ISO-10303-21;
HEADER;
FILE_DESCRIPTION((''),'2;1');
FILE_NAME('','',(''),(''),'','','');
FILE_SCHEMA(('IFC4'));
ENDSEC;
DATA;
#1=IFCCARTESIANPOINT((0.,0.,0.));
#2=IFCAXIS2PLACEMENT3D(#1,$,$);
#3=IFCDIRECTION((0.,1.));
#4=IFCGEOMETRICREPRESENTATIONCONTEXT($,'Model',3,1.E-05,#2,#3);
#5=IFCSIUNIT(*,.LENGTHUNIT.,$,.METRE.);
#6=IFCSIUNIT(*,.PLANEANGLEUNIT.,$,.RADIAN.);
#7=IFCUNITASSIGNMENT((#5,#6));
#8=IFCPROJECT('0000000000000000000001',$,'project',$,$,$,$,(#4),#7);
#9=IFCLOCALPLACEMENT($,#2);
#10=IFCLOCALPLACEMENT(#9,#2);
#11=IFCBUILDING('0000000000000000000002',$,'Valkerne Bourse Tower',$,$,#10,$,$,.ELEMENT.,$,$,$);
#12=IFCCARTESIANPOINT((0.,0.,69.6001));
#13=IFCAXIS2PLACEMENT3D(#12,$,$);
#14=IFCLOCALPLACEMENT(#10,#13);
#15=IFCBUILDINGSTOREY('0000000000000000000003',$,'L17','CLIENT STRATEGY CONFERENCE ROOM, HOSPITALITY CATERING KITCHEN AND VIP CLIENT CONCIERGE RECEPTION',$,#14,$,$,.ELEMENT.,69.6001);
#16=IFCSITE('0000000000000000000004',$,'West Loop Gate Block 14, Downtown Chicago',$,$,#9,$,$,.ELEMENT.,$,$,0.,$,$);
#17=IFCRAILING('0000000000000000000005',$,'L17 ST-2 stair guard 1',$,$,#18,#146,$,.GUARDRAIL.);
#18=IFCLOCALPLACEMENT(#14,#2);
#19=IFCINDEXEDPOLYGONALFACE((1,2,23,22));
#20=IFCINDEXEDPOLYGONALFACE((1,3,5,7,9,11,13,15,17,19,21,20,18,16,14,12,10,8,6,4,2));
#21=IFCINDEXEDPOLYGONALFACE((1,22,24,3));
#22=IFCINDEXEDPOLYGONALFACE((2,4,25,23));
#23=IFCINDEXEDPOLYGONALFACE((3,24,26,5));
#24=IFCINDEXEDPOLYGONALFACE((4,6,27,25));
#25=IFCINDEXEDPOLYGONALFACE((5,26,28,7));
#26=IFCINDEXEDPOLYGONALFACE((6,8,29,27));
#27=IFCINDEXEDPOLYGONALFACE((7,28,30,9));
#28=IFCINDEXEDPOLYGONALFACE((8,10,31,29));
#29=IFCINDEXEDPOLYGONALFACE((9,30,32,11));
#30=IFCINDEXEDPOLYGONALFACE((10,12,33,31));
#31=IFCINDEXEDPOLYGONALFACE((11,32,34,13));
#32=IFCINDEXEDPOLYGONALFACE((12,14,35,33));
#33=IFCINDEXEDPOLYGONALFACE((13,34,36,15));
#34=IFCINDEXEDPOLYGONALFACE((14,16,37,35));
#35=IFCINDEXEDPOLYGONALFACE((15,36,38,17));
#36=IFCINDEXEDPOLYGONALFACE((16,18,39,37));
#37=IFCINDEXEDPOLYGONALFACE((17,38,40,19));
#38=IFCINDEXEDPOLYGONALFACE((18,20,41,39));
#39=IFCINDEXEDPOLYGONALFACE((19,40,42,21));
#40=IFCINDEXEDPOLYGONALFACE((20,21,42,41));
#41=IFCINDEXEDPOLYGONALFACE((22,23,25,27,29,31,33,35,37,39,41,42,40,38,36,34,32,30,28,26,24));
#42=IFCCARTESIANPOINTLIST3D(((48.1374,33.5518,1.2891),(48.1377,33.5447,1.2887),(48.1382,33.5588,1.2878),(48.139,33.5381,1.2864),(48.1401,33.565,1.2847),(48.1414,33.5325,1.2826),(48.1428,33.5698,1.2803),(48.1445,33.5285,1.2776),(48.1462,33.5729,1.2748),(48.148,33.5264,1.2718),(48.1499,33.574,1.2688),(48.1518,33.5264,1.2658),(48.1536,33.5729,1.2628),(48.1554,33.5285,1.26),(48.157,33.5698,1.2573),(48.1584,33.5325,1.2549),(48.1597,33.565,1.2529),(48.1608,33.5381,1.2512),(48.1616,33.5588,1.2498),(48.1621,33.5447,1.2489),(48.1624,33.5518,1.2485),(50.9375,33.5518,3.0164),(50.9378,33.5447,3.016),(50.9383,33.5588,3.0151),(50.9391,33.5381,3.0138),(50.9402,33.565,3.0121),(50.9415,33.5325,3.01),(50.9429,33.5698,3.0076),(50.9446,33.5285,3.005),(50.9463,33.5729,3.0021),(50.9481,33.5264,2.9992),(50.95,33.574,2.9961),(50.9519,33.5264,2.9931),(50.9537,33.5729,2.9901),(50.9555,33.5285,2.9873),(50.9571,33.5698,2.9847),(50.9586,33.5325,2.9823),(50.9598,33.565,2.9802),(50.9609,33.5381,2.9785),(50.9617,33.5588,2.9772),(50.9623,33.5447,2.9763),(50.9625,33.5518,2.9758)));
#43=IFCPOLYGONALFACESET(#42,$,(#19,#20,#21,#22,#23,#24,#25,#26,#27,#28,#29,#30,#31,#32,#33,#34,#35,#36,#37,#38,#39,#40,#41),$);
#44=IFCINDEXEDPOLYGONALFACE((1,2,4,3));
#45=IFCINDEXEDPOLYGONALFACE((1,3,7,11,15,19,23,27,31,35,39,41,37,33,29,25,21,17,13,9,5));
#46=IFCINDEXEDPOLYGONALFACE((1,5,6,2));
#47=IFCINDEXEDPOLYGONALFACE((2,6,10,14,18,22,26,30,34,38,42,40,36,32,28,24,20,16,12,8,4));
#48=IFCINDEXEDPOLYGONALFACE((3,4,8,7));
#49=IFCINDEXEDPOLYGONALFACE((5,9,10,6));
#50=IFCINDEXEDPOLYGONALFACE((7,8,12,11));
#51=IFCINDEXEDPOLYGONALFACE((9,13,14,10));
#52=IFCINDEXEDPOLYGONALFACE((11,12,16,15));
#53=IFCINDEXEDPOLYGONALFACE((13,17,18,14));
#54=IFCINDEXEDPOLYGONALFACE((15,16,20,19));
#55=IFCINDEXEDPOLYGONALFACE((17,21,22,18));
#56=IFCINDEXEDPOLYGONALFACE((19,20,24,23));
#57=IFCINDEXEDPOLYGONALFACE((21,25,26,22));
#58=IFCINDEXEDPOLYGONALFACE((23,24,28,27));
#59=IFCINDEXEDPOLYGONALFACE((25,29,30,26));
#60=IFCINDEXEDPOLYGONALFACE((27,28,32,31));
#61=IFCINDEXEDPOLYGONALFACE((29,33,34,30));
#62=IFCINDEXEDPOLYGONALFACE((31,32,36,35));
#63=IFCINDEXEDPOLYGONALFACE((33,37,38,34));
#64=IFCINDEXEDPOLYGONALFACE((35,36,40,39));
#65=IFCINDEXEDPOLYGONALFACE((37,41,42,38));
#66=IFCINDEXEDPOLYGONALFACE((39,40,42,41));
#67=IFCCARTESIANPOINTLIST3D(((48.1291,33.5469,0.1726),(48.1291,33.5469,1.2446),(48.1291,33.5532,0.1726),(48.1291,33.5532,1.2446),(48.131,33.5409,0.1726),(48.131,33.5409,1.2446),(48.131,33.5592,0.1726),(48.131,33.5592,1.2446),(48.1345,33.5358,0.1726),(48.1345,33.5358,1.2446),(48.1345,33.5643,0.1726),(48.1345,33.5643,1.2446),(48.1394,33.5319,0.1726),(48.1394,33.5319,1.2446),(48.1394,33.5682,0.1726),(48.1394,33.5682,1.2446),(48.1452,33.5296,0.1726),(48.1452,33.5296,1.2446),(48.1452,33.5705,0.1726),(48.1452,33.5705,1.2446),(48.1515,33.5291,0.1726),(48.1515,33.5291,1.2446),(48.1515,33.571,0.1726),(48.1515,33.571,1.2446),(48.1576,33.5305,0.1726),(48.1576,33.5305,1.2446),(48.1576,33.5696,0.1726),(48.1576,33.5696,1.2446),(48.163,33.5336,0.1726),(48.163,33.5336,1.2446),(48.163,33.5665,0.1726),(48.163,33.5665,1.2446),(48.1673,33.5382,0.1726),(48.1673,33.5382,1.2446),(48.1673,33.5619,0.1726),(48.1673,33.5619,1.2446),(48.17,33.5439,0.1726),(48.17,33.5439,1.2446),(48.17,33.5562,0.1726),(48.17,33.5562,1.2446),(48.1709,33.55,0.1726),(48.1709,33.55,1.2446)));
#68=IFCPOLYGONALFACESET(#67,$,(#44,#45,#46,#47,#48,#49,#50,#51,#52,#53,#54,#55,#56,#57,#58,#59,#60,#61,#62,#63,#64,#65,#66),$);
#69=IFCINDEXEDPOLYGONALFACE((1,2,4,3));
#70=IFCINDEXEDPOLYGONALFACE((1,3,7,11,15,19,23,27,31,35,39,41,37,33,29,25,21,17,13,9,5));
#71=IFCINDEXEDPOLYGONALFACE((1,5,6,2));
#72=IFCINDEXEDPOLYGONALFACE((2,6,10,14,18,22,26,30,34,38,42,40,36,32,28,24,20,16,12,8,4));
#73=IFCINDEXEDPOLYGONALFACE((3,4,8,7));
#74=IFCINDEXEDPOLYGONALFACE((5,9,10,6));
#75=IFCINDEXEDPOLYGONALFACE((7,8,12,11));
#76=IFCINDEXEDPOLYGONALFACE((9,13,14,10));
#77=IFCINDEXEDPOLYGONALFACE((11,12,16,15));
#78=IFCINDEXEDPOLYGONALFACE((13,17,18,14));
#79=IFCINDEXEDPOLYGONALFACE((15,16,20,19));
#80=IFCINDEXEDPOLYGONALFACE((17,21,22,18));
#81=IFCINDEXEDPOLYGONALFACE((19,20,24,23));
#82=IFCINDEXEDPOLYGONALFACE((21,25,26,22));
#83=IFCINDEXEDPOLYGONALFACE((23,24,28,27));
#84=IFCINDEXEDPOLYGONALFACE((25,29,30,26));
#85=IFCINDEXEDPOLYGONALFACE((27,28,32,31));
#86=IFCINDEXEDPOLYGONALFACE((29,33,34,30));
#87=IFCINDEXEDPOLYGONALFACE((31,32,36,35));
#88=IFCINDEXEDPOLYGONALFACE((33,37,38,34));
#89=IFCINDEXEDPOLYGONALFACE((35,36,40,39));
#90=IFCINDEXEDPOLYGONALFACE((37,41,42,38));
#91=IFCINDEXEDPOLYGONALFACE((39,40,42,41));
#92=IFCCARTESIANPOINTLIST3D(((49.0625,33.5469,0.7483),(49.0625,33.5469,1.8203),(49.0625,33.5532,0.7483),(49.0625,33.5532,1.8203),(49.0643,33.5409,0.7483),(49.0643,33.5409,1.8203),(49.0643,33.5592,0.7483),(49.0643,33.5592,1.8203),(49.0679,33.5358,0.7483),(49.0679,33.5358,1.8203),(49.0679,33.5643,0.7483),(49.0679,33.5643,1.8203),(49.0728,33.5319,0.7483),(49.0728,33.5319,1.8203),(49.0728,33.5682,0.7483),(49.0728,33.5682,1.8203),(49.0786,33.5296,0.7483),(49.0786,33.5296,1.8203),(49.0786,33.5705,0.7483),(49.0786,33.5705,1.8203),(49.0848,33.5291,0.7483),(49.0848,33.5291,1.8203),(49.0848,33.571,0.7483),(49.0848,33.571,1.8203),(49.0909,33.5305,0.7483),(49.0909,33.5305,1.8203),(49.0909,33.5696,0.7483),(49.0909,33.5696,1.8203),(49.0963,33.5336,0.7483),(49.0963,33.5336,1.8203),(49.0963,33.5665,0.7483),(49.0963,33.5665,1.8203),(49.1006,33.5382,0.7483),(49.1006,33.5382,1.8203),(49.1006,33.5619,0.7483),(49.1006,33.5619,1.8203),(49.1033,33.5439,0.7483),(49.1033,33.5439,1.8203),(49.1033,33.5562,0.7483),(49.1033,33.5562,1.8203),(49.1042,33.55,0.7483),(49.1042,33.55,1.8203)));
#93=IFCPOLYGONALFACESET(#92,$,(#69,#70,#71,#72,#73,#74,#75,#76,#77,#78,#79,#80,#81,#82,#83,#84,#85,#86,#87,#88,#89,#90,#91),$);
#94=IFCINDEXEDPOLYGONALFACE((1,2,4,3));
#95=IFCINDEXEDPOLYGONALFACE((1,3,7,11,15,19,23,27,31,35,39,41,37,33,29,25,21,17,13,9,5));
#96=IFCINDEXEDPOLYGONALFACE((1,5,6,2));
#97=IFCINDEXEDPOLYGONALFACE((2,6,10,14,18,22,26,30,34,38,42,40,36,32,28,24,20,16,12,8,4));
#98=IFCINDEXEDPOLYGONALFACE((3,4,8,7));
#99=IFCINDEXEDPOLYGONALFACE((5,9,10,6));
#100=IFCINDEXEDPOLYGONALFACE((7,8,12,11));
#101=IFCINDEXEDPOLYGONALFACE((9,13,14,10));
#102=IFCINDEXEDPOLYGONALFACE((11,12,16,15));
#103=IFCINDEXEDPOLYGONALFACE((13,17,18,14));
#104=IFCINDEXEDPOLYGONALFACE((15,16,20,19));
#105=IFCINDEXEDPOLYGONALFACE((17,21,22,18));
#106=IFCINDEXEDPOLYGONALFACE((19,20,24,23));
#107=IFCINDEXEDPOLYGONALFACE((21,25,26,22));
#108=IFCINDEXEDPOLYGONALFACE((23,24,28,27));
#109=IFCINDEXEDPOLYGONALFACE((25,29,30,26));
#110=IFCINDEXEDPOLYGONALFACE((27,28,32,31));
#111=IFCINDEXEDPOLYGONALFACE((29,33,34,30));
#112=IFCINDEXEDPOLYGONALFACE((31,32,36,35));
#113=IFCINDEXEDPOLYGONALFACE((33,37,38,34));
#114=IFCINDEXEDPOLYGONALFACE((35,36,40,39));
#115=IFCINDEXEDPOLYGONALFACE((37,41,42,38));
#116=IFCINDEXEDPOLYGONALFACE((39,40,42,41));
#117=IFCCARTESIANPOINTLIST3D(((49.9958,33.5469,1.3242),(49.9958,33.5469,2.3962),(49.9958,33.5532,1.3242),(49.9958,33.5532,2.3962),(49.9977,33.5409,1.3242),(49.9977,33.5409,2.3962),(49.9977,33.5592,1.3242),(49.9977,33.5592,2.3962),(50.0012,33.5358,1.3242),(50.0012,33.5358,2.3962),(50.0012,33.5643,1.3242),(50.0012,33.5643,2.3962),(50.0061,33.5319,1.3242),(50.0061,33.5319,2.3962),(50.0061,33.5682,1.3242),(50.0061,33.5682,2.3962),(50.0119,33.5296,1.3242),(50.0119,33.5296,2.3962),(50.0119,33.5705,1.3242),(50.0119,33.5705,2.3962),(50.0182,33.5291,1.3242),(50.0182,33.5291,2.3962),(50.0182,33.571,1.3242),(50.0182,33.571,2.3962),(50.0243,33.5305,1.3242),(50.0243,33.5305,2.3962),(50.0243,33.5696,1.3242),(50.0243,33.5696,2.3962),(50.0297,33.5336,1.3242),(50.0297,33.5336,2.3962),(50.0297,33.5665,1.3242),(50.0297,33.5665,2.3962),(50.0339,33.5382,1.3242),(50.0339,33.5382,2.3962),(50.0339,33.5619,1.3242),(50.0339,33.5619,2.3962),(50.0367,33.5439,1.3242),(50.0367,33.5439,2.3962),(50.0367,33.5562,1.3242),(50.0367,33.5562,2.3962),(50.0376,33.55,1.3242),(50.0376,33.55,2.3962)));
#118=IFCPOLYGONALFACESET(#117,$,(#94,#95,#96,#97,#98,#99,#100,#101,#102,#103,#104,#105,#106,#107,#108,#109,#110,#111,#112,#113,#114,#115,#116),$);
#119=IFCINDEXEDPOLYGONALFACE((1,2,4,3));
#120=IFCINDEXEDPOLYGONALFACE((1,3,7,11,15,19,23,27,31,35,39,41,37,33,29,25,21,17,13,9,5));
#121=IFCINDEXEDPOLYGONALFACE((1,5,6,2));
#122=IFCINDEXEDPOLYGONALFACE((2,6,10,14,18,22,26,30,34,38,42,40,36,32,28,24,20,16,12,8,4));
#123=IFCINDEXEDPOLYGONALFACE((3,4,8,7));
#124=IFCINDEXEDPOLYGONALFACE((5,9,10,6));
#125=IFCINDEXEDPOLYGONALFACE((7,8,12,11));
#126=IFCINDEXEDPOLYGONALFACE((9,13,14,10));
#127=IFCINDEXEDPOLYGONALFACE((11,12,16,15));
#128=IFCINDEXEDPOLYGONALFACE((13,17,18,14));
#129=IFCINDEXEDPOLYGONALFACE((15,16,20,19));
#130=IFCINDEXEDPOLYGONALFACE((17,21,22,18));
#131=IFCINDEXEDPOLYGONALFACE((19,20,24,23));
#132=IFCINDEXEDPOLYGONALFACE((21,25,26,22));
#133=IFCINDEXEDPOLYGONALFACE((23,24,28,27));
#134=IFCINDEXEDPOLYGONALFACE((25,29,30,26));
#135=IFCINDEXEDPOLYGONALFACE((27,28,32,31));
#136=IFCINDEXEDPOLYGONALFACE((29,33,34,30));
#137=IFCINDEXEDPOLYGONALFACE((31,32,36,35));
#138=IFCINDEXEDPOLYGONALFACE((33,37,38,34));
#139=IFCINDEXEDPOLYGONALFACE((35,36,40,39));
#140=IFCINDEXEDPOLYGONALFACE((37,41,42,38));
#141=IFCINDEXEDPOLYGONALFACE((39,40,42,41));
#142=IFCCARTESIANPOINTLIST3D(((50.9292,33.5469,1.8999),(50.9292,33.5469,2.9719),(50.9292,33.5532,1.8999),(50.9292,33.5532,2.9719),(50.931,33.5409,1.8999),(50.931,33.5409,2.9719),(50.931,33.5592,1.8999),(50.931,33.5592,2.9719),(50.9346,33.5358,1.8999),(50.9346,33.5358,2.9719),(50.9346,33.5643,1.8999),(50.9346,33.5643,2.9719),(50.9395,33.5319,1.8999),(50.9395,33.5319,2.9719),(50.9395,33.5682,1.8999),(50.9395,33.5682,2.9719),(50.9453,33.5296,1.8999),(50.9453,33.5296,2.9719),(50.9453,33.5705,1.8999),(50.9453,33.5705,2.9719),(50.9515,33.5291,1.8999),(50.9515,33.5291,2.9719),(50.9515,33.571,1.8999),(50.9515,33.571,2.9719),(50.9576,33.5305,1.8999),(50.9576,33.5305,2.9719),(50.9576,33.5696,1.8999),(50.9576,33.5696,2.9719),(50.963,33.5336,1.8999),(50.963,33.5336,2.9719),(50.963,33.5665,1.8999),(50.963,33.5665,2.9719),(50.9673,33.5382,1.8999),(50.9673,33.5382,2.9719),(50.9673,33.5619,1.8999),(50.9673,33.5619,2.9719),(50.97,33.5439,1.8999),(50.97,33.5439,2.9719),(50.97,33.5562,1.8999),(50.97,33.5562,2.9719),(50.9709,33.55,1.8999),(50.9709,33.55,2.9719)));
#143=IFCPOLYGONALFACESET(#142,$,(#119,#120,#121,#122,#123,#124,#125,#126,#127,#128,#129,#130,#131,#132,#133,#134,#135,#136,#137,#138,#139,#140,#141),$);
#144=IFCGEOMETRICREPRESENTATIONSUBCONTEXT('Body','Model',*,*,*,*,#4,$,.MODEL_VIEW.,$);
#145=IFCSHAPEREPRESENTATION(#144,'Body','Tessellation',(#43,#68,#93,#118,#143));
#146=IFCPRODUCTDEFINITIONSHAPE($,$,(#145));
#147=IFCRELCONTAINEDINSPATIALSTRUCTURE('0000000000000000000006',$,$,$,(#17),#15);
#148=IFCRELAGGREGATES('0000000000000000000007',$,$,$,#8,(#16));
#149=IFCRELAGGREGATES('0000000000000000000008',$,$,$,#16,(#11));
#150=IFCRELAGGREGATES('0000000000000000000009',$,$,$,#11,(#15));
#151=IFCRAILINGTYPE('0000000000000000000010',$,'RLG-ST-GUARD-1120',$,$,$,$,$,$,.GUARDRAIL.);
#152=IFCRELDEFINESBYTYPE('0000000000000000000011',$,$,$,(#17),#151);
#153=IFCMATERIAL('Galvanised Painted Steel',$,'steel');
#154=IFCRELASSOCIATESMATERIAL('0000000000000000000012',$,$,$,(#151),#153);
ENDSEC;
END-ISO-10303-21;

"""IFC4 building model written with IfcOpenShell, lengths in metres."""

from ifc_helpers import new_model, si_unit, direction, frame, origin, origin_2d, place, context, subcontext, project, spatial, circle, extrude, material, type_object, element, save


model = new_model("IFC4")

# Units and contexts
model_context = context("Model", 3, precision=1e-05, world=origin(), true_north=direction((0.0, 1.0)))
body_context = subcontext(model_context, "Body", "Model", "MODEL_VIEW")
ifc_project = project(units=[si_unit("LENGTHUNIT", "METRE"), si_unit("PLANEANGLEUNIT", "RADIAN")], contexts=[model_context])

# Site, building, storey
site_placement = place(None, origin())
site = spatial("IfcSite", under=ifc_project, at=site_placement, Name="West Loop Gate Block 14, Downtown Chicago", CompositionType="ELEMENT", RefElevation=0.0)
building_placement = place(site_placement, origin())
building = spatial("IfcBuilding", under=site, at=building_placement, Name="Valkerne Bourse Tower", CompositionType="ELEMENT")
storey_placement = place(building_placement, frame((0.0, 0.0, 69.6001)))
storey = spatial("IfcBuildingStorey", under=building, at=storey_placement, Name="L17", Description="CLIENT STRATEGY CONFERENCE ROOM, HOSPITALITY CATERING KITCHEN AND VIP CLIENT CONCIERGE RECEPTION", CompositionType="ELEMENT", Elevation=69.6001)

# Shared definitions
ifc_material_1 = material(Name="Galvanised Painted Steel", Category="steel")

# Railing
railing_type_1 = type_object("IfcRailingType", Name="RLG-ST-GUARD-1120", PredefinedType="GUARDRAIL", material=ifc_material_1)
railing_1_placement = place(storey_placement, frame((48.1499, 33.55, 0.1726)))
element("IfcRailing", 1, at=railing_1_placement, inside=storey, type_object=railing_type_1, Name="L17 ST-2 stair guard 1", PredefinedType="GUARDRAIL", context=body_context, shape_type="SweptSolid", body=[
    extrude(circle(Radius=0.0239, at=origin_2d()), frame((0.0, 0.0, 1.0962), z_axis=(0.85109, 0.0, 0.52502), x_axis=(0.0, 1.0, 0.0)), (0.0, 0.0, 1.0), 3.29),
    extrude(circle(Radius=0.021, at=origin_2d()), origin(), (0.0, 0.0, 1.0), 1.072),
    extrude(circle(Radius=0.021, at=origin_2d()), frame((0.9333, 0.0, 0.5757)), (0.0, 0.0, 1.0), 1.072),
    extrude(circle(Radius=0.021, at=origin_2d()), frame((1.8667, 0.0, 1.1516)), (0.0, 0.0, 1.0), 1.072),
    extrude(circle(Radius=0.021, at=origin_2d()), frame((2.8, 0.0, 1.7273)), (0.0, 0.0, 1.0), 1.072),
])

save(model, "model.ifc")
